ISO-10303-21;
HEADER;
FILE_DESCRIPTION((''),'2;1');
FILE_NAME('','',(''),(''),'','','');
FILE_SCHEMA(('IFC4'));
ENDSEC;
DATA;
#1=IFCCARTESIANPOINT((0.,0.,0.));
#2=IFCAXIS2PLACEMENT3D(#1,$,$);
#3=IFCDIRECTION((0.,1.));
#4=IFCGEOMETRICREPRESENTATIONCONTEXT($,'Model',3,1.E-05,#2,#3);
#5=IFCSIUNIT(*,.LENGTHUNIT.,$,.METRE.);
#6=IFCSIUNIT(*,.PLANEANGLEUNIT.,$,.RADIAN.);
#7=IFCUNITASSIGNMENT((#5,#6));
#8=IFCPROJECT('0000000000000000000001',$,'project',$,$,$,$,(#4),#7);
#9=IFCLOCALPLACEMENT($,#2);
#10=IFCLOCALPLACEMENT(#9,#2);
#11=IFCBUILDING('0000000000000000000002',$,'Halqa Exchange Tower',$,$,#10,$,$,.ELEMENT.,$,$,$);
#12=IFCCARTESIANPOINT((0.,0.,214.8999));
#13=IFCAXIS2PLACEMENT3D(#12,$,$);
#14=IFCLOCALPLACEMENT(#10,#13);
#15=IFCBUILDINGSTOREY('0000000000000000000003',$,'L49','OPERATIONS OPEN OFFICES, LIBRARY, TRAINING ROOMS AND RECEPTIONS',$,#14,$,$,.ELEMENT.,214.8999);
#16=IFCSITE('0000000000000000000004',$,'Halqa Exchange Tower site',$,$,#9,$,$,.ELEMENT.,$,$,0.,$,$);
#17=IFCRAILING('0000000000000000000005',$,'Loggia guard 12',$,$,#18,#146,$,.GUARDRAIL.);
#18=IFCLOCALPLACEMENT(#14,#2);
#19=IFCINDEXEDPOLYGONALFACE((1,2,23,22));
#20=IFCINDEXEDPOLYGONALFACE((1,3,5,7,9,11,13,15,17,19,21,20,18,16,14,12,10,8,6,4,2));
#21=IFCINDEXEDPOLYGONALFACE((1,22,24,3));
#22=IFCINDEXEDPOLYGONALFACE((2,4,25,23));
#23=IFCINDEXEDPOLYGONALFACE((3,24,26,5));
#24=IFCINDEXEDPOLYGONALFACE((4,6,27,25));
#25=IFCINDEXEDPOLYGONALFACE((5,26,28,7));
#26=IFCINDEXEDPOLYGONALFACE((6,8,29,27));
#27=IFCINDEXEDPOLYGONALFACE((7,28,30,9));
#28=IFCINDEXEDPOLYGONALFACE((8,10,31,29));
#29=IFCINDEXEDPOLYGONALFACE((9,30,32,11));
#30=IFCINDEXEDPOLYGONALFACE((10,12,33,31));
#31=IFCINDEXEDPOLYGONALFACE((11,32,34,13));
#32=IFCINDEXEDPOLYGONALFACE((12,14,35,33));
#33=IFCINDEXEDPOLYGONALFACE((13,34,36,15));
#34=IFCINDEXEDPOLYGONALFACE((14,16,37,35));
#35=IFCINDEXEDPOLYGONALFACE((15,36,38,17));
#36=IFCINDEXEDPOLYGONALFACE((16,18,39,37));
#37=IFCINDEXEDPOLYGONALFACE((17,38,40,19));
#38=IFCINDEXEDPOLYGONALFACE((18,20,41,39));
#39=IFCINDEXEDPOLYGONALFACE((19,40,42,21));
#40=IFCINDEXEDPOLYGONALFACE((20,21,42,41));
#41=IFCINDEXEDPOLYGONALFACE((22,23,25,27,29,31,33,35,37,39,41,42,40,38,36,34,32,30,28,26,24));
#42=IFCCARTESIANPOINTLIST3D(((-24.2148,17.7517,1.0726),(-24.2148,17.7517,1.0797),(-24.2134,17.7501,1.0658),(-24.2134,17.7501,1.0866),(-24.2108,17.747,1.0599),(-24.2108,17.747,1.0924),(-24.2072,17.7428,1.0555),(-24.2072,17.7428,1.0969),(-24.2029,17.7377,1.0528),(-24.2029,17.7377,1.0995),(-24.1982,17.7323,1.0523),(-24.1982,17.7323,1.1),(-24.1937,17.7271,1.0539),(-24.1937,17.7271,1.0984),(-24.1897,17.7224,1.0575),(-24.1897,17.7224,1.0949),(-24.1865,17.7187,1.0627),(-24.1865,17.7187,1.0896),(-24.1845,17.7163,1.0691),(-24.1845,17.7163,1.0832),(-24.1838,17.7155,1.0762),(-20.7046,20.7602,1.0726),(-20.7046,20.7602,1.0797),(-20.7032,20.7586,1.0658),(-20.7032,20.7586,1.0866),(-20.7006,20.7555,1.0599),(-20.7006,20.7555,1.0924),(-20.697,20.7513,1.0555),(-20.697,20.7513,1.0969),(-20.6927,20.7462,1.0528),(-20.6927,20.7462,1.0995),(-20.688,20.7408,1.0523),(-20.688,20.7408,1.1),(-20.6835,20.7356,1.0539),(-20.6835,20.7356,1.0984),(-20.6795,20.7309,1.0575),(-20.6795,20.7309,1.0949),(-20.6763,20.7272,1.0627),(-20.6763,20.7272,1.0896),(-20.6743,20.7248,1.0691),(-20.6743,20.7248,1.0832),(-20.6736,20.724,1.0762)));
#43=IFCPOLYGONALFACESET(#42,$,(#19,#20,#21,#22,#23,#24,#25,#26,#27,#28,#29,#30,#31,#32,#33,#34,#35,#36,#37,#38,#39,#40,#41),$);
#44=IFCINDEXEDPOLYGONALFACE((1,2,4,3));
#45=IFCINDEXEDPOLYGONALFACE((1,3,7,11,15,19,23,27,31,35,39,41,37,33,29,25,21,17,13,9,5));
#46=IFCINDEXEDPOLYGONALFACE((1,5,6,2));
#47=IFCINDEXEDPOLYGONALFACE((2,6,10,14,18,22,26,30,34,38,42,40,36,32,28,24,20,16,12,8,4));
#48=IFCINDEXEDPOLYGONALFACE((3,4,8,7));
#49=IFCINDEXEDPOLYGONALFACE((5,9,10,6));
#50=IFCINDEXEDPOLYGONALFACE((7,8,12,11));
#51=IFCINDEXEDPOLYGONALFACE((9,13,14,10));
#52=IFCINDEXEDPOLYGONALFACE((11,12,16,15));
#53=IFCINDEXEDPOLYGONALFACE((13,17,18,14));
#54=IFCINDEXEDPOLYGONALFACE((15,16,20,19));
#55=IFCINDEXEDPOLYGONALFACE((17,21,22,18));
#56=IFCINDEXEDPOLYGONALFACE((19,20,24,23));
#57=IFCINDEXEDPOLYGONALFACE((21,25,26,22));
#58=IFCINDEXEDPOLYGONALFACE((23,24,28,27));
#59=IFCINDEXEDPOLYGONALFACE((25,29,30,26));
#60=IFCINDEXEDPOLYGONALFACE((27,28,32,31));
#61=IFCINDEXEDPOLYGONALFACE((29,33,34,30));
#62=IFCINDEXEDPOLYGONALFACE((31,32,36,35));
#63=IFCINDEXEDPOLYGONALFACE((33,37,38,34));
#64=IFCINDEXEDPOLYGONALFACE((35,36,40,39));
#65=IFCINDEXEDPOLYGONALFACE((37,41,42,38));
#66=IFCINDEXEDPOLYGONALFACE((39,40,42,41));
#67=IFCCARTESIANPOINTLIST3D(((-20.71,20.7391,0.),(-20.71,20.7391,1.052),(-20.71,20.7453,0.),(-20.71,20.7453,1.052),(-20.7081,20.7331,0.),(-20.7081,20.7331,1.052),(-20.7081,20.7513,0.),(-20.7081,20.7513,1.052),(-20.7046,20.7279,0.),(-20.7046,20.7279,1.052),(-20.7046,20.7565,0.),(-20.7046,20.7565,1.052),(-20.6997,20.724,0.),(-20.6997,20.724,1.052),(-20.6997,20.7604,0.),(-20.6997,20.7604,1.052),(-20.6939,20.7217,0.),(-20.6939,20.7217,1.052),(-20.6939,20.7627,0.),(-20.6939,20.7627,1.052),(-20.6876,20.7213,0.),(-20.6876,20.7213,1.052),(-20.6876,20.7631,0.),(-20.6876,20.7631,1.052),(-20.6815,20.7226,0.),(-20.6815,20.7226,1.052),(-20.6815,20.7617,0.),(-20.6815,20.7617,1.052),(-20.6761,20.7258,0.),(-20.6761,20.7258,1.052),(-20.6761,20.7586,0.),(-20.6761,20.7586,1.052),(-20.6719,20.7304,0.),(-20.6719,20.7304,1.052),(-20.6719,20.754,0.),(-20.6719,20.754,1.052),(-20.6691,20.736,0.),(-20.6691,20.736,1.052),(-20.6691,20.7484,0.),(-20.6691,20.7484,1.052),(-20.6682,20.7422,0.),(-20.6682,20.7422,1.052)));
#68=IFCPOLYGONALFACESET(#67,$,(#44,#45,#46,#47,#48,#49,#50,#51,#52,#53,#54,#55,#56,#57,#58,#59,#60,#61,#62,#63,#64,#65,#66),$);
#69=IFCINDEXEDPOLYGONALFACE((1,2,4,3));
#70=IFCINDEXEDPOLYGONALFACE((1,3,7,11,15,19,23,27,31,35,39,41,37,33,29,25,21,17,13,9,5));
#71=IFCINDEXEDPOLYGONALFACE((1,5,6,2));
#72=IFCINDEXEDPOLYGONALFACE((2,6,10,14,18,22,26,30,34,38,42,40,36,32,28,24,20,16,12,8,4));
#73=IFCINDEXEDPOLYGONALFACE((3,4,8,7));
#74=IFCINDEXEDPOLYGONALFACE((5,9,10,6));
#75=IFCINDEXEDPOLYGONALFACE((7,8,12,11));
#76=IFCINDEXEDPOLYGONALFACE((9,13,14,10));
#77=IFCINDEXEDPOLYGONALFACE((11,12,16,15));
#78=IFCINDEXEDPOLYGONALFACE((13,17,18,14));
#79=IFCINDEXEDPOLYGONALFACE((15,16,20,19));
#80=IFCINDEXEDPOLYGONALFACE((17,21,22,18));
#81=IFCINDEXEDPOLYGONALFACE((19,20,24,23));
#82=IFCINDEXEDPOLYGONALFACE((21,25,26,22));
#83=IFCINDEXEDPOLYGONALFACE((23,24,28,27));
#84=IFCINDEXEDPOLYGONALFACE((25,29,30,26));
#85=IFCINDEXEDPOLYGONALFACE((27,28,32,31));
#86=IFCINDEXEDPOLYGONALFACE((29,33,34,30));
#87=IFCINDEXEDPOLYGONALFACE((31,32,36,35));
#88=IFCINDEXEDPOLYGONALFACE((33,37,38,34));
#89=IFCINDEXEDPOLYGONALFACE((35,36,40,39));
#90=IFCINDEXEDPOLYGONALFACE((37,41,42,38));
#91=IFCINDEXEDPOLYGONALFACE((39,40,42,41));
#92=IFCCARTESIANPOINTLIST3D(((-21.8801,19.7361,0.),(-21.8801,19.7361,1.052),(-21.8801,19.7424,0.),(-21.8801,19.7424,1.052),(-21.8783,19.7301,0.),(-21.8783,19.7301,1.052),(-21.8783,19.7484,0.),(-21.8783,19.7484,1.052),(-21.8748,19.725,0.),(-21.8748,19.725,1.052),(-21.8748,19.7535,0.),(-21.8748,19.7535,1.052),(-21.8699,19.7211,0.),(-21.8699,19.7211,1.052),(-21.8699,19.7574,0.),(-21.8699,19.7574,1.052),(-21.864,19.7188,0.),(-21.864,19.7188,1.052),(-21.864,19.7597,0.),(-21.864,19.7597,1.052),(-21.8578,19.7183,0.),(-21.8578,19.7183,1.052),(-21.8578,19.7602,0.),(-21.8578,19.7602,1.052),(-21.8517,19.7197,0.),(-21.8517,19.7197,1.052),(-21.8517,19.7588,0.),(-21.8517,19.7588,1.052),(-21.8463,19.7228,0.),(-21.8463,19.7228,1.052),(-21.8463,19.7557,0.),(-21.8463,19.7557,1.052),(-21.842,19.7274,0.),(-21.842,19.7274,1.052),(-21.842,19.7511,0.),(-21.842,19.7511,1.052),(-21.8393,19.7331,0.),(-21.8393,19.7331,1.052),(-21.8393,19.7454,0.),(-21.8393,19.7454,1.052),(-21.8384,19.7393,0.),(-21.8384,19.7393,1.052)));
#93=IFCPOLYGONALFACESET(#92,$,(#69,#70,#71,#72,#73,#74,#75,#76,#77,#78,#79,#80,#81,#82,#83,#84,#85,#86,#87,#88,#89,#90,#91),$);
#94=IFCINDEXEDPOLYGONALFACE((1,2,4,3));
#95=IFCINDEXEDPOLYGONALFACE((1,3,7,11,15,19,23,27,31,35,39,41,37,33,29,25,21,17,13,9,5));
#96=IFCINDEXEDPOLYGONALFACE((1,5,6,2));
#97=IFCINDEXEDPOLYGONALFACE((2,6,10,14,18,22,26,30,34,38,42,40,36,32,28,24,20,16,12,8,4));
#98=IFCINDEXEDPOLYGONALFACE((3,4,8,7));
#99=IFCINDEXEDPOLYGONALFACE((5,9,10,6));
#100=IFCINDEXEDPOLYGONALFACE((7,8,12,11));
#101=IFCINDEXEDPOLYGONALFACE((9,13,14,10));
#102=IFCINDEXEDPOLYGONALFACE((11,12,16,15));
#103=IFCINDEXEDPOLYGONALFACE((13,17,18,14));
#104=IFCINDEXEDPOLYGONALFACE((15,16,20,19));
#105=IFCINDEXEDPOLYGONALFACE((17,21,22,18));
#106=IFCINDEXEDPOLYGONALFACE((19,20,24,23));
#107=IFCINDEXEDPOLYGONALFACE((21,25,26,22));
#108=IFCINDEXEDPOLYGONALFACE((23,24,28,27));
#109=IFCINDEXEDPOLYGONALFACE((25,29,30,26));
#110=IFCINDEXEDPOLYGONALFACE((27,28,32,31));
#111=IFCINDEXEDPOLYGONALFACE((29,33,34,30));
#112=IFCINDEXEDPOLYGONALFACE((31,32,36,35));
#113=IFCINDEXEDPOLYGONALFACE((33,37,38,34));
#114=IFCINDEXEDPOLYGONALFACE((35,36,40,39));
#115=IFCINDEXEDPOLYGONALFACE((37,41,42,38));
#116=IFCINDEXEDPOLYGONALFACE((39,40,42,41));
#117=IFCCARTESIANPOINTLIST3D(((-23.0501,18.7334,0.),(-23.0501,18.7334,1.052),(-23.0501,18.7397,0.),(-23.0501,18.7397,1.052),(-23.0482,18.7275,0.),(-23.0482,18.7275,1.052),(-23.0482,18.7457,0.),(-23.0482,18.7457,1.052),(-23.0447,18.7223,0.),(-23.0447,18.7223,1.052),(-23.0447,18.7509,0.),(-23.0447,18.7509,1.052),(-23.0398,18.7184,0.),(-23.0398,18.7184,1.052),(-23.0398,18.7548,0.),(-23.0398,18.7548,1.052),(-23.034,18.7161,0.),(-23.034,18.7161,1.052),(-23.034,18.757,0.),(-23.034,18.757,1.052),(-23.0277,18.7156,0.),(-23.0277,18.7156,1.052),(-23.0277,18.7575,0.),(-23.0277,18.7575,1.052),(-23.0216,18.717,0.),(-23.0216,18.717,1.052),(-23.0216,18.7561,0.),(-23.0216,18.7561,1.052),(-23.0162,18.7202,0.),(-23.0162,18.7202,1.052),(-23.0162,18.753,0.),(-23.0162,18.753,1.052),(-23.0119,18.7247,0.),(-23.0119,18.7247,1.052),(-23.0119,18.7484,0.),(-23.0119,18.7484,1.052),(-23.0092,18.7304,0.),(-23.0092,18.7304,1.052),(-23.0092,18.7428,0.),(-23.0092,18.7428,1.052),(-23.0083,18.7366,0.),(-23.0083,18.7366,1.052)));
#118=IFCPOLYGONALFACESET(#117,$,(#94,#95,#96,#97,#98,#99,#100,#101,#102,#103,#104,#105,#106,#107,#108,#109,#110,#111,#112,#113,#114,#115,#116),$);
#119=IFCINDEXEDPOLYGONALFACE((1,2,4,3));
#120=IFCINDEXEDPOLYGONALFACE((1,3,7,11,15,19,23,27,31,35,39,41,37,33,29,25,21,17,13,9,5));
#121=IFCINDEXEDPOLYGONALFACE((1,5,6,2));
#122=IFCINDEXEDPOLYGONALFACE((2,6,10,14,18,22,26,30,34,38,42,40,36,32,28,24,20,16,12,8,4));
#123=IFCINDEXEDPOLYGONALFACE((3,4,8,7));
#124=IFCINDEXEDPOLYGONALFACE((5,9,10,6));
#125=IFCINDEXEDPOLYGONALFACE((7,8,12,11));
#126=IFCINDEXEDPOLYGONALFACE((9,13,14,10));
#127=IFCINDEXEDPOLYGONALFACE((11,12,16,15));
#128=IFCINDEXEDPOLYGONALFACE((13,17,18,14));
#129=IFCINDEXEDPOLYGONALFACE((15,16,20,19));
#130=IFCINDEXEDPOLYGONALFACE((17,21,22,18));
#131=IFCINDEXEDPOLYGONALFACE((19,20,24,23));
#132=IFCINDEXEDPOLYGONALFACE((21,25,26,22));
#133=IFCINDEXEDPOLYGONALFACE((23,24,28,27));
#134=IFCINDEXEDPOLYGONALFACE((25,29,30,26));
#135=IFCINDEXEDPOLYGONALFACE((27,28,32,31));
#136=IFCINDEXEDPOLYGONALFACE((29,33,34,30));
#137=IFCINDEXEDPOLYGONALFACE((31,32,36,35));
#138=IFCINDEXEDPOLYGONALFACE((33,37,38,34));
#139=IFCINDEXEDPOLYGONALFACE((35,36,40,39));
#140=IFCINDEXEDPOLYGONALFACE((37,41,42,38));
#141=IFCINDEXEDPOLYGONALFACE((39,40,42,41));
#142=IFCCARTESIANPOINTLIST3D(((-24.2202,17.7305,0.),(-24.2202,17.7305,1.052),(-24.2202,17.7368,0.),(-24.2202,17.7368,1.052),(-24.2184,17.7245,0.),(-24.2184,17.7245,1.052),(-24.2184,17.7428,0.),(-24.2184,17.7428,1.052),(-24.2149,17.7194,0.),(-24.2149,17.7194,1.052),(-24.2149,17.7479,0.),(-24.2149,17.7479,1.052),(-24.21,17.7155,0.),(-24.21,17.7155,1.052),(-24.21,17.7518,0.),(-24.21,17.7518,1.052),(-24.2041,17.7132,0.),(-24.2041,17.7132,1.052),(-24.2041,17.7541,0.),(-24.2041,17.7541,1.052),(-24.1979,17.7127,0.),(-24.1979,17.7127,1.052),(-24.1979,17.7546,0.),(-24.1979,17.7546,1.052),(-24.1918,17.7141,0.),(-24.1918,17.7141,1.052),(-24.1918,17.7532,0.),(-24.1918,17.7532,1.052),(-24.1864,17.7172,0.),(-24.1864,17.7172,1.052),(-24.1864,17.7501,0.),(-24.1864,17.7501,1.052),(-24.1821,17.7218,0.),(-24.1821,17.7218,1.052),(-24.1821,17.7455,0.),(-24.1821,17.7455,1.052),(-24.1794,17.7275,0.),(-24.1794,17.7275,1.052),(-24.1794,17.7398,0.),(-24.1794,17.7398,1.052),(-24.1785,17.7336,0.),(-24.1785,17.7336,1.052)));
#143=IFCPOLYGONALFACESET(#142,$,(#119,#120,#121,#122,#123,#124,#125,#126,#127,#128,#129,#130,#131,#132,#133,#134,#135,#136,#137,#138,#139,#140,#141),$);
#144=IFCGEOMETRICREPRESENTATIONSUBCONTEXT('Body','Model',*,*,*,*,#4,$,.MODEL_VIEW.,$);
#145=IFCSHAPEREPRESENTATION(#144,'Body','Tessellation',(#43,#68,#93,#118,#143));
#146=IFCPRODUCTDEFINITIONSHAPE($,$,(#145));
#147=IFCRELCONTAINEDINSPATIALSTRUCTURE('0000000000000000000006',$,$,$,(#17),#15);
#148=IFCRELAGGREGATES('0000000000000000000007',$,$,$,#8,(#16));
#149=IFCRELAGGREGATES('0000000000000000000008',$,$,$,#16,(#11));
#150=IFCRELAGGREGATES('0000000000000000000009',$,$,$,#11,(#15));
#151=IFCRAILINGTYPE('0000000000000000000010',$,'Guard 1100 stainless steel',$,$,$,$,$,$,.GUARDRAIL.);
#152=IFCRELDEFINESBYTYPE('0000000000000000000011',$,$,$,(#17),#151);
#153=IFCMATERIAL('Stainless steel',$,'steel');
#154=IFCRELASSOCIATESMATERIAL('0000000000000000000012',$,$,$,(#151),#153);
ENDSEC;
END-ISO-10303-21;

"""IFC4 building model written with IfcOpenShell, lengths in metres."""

from ifc_helpers import new_model, si_unit, direction, frame, origin, origin_2d, place, context, subcontext, project, spatial, circle, extrude, material, type_object, element, save


model = new_model("IFC4")

# Units and contexts
model_context = context("Model", 3, precision=1e-05, world=origin(), true_north=direction((0.0, 1.0)))
body_context = subcontext(model_context, "Body", "Model", "MODEL_VIEW")
ifc_project = project(units=[si_unit("LENGTHUNIT", "METRE"), si_unit("PLANEANGLEUNIT", "RADIAN")], contexts=[model_context])

# Site, building, storey
site_placement = place(None, origin())
site = spatial("IfcSite", under=ifc_project, at=site_placement, Name="Halqa Exchange Tower site", CompositionType="ELEMENT", RefElevation=0.0)
building_placement = place(site_placement, origin())
building = spatial("IfcBuilding", under=site, at=building_placement, Name="Halqa Exchange Tower", CompositionType="ELEMENT")
storey_placement = place(building_placement, frame((0.0, 0.0, 214.8999)))
storey = spatial("IfcBuildingStorey", under=building, at=storey_placement, Name="L49", Description="OPERATIONS OPEN OFFICES, LIBRARY, TRAINING ROOMS AND RECEPTIONS", CompositionType="ELEMENT", Elevation=214.8999)

# Railing
ifc_material_1 = material(Name="Stainless steel", Category="steel")
railing_type = type_object("IfcRailingType", Name="Guard 1100 stainless steel", PredefinedType="GUARDRAIL", material=ifc_material_1)
railing_1_placement = place(storey_placement, frame((-20.6892, 20.7422, 0.0)))
element("IfcRailing", 1, at=railing_1_placement, inside=storey, type_object=railing_type, Name="Loggia guard 12", PredefinedType="GUARDRAIL", context=body_context, shape_type="SweptSolid", body=[
    extrude(circle(Radius=0.0239, at=origin_2d()), frame((0.0, 0.0, 1.0762), z_axis=(-0.759283, -0.650761, 0.0), x_axis=(0.650761, -0.759283, 0.0)), (0.0, 0.0, 1.0), 4.623),
    extrude(circle(Radius=0.021, at=origin_2d()), origin(), (0.0, 0.0, 1.0), 1.052),
    extrude(circle(Radius=0.021, at=origin_2d()), frame((-1.1702, -1.0029, 0.0)), (0.0, 0.0, 1.0), 1.052),
    extrude(circle(Radius=0.021, at=origin_2d()), frame((-2.3401, -2.0056, 0.0)), (0.0, 0.0, 1.0), 1.052),
    extrude(circle(Radius=0.021, at=origin_2d()), frame((-3.5103, -3.0085, 0.0)), (0.0, 0.0, 1.0), 1.052),
])

save(model, "model.ifc")
